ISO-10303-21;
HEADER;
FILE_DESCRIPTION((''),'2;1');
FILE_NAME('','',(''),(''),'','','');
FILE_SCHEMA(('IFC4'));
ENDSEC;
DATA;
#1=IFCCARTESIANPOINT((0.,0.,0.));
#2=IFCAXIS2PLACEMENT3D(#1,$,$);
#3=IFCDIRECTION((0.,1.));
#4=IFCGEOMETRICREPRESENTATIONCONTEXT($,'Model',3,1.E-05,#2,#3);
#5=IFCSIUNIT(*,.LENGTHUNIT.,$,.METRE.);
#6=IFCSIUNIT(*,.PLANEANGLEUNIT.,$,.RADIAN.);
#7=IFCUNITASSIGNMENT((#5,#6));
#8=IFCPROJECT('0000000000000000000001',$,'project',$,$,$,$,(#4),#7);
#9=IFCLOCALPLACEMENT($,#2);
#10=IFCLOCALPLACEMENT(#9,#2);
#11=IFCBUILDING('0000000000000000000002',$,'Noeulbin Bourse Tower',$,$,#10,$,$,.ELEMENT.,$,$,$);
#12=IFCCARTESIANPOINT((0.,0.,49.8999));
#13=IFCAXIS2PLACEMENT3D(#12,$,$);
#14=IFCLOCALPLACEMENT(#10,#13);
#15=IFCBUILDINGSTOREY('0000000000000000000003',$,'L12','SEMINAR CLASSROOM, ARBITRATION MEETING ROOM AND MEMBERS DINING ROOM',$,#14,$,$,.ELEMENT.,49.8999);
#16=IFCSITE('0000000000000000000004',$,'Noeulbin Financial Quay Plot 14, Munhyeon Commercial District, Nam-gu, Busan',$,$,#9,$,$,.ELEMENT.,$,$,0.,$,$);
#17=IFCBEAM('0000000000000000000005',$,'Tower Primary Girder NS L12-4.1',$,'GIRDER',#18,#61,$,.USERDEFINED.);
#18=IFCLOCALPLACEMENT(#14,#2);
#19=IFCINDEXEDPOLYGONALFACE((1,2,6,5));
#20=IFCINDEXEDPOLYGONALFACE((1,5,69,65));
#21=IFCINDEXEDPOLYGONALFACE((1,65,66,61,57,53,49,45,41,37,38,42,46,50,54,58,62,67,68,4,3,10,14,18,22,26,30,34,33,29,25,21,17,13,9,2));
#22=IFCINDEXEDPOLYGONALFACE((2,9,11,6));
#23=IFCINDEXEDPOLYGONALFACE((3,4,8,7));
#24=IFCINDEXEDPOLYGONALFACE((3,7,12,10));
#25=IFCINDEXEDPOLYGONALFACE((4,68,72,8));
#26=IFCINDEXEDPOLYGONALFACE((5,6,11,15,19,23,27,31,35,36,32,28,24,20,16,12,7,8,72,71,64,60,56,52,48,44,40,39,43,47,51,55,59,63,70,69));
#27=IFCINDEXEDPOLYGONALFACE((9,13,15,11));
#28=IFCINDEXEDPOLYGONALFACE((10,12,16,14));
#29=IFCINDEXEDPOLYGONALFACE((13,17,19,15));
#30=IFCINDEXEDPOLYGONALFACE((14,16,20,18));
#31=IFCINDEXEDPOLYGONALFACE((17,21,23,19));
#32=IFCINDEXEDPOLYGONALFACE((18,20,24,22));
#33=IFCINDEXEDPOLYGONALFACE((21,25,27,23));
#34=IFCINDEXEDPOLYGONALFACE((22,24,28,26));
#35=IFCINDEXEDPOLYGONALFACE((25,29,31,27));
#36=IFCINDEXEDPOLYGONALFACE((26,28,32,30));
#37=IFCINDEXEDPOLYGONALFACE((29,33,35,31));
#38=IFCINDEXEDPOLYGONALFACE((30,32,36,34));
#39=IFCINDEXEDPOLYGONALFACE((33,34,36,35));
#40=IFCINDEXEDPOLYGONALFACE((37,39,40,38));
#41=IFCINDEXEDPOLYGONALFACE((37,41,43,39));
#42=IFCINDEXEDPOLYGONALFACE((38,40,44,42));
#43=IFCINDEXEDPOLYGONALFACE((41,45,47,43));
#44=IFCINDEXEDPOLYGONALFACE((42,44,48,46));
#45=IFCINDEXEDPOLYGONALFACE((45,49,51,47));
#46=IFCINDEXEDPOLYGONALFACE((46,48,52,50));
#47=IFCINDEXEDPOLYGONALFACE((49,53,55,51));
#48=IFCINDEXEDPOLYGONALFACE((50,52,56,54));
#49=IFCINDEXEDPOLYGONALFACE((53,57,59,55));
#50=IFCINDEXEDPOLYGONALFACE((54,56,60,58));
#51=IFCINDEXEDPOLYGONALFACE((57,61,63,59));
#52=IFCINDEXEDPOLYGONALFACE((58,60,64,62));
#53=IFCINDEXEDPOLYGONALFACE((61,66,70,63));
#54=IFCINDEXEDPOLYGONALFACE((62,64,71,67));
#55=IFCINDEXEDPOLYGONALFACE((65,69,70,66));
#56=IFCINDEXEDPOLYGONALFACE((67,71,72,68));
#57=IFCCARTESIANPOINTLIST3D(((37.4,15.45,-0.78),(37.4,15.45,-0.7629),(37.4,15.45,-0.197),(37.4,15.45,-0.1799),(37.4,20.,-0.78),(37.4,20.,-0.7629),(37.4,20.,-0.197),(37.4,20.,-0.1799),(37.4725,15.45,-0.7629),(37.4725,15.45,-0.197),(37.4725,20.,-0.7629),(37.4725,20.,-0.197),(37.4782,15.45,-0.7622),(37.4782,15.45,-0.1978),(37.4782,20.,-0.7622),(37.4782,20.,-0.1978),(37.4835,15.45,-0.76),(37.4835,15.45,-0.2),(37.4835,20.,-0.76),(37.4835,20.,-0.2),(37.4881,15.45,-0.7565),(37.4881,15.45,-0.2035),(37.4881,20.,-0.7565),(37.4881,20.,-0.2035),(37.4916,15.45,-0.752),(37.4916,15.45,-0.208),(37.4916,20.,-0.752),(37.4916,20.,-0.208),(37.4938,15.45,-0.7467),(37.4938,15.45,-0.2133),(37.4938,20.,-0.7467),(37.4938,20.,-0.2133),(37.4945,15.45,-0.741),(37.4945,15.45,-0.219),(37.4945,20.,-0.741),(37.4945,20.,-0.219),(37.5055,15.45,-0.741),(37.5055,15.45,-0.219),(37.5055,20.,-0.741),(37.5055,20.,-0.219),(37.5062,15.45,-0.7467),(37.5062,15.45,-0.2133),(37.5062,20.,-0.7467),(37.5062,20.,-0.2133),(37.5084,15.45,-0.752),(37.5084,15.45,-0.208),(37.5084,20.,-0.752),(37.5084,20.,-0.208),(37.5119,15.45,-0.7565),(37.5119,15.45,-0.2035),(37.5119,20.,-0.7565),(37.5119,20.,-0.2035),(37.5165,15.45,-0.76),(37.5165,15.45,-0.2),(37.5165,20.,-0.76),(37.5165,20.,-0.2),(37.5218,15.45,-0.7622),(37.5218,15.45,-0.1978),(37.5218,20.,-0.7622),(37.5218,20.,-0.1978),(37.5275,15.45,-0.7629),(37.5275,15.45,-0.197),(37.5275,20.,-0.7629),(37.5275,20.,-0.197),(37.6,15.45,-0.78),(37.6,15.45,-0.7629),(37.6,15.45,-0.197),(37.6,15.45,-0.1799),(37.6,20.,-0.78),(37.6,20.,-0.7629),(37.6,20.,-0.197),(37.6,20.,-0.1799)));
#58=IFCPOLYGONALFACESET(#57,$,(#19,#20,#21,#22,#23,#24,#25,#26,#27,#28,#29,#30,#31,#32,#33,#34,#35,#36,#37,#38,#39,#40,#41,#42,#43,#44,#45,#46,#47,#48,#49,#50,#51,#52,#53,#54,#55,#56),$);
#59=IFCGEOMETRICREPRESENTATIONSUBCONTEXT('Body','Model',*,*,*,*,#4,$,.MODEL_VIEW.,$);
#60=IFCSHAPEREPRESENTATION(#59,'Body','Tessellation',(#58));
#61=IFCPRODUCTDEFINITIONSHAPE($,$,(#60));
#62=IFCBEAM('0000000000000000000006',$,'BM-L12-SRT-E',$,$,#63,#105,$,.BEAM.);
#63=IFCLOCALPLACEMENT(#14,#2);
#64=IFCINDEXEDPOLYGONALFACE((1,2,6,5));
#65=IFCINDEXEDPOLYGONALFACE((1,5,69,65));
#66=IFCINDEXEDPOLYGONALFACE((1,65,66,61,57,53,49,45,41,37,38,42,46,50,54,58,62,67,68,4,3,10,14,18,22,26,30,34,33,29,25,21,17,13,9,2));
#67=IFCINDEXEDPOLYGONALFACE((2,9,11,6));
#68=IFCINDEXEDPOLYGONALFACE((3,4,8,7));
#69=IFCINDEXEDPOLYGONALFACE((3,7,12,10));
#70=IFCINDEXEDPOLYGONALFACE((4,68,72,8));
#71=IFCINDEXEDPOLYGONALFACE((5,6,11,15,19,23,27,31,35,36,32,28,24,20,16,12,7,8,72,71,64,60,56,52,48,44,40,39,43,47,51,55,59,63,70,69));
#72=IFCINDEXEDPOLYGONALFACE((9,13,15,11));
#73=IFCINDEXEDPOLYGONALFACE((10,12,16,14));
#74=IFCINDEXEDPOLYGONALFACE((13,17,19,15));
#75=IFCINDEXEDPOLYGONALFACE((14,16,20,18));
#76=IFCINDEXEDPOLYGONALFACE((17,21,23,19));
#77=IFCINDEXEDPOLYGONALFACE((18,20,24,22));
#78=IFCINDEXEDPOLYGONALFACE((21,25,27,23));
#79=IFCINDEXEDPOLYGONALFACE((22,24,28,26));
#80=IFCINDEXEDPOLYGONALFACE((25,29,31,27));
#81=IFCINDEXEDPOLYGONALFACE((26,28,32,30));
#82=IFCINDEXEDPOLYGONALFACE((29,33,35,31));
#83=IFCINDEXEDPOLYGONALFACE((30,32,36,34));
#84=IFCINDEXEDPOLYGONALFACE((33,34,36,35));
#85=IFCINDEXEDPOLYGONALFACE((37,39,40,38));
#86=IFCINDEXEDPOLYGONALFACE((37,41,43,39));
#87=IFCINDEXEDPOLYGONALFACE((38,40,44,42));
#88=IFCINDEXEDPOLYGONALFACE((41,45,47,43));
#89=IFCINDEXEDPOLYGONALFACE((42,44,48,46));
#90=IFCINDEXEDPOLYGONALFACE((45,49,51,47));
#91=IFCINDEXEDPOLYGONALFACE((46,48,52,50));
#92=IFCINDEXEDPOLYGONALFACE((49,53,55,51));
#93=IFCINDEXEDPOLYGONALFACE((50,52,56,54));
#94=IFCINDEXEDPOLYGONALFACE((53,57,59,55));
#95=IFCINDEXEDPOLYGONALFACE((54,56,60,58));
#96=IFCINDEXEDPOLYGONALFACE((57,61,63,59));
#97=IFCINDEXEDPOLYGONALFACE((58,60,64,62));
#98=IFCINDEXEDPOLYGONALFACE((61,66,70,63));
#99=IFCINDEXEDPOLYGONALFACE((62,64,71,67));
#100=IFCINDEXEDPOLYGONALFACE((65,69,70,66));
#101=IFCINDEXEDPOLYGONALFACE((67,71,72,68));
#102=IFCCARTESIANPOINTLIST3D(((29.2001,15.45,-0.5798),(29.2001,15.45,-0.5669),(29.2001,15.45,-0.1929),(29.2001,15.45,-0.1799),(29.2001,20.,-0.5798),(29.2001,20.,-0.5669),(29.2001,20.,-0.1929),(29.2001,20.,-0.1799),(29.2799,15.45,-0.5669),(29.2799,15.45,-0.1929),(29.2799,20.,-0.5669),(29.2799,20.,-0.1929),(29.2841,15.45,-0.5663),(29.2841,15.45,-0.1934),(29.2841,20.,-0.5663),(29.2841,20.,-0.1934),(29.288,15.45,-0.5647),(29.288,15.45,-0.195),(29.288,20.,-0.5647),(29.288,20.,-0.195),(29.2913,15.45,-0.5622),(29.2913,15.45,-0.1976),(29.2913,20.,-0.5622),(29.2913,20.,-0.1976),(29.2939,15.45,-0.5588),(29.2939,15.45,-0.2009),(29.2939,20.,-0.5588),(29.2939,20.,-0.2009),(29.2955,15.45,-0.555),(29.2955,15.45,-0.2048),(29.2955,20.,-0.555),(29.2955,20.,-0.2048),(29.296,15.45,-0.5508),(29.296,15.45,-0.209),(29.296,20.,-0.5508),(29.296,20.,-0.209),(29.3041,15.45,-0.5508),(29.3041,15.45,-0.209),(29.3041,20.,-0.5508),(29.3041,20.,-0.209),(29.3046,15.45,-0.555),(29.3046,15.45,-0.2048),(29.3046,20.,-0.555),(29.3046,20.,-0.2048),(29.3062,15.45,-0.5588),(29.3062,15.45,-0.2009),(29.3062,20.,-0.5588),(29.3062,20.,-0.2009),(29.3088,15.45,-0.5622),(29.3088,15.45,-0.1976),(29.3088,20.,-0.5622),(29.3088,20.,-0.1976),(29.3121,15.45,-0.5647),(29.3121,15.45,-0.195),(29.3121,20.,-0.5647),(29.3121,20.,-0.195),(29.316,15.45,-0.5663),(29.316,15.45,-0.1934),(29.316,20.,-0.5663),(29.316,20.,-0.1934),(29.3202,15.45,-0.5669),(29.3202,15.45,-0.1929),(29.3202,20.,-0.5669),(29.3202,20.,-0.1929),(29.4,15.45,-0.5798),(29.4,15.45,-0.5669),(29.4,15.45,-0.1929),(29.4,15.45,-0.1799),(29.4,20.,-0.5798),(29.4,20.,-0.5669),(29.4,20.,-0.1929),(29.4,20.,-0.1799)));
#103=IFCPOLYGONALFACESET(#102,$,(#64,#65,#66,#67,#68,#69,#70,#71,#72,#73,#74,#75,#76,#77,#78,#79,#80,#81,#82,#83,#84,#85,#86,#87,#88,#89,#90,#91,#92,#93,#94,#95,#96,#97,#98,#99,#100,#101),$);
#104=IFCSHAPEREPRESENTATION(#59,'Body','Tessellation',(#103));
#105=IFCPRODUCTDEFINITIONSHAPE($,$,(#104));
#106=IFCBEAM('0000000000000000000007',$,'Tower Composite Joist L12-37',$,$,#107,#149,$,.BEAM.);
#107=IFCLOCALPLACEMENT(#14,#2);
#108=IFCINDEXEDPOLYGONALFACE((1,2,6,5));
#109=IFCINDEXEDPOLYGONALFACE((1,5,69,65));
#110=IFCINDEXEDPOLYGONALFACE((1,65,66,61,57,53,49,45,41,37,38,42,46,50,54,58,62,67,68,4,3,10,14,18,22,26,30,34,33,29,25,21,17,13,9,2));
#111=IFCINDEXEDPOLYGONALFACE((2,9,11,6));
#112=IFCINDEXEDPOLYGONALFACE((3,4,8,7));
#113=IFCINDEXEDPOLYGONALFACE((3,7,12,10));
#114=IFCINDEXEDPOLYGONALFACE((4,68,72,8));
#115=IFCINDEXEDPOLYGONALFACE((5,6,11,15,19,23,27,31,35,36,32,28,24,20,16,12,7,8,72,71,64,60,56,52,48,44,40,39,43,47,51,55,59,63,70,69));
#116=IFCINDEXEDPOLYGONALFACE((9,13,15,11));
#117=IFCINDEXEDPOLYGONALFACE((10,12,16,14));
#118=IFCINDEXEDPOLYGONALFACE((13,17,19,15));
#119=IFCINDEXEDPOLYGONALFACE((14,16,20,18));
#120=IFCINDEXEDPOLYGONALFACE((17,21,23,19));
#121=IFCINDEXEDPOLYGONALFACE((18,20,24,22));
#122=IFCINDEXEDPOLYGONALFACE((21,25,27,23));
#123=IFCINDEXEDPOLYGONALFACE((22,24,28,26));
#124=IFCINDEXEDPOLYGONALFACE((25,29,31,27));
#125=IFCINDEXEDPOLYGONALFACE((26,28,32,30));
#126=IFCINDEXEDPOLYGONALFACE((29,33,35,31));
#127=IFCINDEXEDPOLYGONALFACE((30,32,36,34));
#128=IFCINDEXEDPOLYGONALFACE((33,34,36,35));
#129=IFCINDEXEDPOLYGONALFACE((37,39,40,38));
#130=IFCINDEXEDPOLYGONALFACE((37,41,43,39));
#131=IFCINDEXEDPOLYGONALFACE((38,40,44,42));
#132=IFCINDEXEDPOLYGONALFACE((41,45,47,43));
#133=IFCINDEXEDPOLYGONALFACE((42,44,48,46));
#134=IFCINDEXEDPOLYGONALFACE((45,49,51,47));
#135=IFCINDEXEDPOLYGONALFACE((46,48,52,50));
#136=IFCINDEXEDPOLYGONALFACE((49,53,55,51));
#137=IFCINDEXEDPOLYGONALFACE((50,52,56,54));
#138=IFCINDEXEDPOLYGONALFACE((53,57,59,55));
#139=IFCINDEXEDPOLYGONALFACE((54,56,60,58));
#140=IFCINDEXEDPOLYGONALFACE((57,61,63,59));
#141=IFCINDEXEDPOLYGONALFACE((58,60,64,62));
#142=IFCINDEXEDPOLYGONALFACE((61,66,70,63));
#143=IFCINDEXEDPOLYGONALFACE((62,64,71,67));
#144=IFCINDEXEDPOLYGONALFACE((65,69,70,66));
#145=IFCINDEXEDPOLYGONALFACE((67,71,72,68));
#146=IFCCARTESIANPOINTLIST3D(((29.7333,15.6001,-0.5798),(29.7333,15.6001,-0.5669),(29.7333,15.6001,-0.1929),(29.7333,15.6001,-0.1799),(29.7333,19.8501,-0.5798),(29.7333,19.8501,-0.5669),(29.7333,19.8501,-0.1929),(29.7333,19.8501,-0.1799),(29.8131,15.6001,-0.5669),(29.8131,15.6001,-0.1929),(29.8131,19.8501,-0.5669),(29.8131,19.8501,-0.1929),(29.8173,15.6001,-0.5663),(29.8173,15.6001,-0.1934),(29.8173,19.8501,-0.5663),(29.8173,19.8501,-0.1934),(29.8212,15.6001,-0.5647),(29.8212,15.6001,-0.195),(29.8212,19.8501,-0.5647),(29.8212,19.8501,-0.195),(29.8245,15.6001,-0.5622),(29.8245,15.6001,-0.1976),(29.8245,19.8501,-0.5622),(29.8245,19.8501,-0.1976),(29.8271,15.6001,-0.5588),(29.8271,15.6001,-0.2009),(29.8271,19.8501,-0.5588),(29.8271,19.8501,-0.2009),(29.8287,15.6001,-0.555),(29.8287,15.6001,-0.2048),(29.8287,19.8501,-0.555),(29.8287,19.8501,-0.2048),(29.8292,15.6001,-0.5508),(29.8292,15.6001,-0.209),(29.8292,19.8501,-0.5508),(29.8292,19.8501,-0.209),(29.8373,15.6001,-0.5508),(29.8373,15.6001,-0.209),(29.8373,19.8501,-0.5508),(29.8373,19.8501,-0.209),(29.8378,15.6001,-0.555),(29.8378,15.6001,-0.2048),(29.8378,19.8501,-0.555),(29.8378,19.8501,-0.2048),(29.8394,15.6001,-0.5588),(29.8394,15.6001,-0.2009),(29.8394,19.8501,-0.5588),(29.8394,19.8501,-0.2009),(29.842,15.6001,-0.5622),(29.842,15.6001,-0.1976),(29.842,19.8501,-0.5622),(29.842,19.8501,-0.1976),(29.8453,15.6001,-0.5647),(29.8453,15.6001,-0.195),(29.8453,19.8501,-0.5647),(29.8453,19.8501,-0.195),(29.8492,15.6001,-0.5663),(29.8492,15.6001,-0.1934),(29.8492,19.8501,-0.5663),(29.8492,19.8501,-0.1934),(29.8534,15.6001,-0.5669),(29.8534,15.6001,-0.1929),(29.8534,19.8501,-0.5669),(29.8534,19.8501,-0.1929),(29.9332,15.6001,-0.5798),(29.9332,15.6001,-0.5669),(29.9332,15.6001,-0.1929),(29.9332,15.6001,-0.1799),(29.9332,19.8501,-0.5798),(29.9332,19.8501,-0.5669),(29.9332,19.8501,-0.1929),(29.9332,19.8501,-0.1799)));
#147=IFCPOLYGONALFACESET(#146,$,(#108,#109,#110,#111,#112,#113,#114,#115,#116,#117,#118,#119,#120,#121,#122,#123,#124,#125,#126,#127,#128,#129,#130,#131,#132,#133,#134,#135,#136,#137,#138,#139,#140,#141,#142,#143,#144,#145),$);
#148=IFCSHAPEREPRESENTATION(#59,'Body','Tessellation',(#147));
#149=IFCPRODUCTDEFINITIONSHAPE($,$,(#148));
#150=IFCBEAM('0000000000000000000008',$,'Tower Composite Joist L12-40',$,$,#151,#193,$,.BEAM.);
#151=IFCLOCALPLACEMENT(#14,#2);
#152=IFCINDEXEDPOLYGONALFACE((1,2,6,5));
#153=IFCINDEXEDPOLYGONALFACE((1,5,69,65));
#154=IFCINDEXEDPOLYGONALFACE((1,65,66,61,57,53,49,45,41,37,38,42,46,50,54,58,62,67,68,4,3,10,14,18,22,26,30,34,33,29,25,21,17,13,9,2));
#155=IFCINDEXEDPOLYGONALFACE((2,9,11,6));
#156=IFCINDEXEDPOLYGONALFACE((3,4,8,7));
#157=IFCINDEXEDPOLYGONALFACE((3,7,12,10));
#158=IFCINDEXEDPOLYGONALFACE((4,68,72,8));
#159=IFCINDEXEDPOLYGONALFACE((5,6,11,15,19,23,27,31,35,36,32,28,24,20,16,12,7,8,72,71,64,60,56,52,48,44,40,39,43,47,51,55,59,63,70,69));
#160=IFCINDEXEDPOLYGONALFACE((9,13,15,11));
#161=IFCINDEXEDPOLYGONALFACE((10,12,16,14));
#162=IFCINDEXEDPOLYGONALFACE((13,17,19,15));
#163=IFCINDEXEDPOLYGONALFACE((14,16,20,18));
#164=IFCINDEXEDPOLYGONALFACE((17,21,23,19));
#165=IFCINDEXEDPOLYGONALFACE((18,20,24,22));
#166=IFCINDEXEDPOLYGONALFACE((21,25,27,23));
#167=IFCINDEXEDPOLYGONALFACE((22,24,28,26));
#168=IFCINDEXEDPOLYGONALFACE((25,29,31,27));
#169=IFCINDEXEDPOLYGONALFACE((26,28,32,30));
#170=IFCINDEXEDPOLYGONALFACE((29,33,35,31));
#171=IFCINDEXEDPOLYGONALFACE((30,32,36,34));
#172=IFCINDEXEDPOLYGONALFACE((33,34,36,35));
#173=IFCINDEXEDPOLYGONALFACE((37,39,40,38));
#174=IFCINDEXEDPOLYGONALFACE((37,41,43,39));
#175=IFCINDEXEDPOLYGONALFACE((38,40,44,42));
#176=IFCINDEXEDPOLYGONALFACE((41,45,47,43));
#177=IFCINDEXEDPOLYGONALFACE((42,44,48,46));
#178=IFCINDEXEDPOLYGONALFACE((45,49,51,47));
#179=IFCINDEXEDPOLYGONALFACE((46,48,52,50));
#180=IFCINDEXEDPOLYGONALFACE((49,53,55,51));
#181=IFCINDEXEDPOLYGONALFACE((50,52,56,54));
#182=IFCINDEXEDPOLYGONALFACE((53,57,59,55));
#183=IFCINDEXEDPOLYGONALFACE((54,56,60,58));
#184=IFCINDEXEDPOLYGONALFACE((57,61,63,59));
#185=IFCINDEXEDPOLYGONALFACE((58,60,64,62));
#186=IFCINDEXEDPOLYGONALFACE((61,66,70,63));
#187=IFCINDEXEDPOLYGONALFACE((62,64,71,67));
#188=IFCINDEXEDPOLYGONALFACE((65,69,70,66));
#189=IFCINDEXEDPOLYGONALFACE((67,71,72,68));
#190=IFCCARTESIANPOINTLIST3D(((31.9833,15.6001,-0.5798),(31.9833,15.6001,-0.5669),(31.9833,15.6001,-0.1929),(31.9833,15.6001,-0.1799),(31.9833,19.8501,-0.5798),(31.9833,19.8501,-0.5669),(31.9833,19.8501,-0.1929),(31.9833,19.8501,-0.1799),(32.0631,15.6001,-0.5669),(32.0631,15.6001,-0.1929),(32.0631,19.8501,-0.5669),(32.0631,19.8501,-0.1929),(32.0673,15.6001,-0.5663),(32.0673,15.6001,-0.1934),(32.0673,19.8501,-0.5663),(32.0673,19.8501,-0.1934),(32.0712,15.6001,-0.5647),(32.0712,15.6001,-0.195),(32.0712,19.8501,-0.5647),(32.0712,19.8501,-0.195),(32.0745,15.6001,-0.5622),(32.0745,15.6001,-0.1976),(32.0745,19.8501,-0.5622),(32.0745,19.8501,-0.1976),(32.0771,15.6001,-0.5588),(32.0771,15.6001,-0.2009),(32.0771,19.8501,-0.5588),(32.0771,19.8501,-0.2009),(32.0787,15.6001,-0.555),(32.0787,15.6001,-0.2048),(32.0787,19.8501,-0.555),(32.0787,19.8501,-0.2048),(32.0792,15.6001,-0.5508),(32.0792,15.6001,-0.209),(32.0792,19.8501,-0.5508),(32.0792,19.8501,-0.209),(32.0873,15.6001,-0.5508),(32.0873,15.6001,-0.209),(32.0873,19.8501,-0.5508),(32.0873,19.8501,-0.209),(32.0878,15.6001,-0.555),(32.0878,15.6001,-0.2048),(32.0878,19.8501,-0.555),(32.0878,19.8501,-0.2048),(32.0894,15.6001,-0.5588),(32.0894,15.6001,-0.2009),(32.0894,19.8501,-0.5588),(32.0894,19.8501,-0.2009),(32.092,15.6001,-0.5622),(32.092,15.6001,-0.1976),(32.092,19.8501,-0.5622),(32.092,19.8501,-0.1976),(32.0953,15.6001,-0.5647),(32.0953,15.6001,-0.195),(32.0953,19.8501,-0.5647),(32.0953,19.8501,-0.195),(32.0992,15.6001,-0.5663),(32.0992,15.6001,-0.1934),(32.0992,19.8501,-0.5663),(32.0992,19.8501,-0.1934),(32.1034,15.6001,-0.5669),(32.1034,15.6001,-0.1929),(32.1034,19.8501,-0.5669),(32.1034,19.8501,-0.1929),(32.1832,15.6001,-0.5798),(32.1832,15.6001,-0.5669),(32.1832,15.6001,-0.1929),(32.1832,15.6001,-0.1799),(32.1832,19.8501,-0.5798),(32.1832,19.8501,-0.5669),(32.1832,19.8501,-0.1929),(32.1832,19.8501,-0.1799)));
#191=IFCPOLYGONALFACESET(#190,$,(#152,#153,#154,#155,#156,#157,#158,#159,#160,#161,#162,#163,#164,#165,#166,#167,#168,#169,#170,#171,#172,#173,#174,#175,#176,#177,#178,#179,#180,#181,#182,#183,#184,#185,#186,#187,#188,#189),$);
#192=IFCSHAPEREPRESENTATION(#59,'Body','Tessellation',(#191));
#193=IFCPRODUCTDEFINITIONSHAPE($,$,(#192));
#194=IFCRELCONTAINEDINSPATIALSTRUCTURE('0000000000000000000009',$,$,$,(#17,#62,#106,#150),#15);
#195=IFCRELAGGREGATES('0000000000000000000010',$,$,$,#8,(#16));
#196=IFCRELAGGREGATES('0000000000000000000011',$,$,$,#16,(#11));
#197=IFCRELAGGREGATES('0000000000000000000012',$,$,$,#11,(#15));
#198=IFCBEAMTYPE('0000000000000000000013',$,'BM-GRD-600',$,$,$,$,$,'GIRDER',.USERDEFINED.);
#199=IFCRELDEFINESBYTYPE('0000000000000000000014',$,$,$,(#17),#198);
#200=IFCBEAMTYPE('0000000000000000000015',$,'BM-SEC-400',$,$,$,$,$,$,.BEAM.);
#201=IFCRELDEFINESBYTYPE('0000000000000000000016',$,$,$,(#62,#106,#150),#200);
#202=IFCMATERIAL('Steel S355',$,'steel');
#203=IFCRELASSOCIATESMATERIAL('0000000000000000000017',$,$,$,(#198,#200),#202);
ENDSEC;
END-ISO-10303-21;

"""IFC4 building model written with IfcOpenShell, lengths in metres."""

from ifc_helpers import new_model, si_unit, direction, frame, origin, origin_2d, place, context, subcontext, project, spatial, i_section, extrude, material, material_profile, profile_set, type_object, element, save


model = new_model("IFC4")

# Units and contexts
model_context = context("Model", 3, precision=1e-05, world=origin(), true_north=direction((0.0, 1.0)))
body_context = subcontext(model_context, "Body", "Model", "MODEL_VIEW")
ifc_project = project(units=[si_unit("LENGTHUNIT", "METRE"), si_unit("PLANEANGLEUNIT", "RADIAN")], contexts=[model_context])

# Site, building, storey
site_placement = place(None, origin())
site = spatial("IfcSite", under=ifc_project, at=site_placement, Name="Noeulbin Financial Quay Plot 14, Munhyeon Commercial District, Nam-gu, Busan", CompositionType="ELEMENT", RefElevation=0.0)
building_placement = place(site_placement, origin())
building = spatial("IfcBuilding", under=site, at=building_placement, Name="Noeulbin Bourse Tower", CompositionType="ELEMENT")
storey_placement = place(building_placement, frame((0.0, 0.0, 49.8999)))
storey = spatial("IfcBuildingStorey", under=building, at=storey_placement, Name="L12", Description="SEMINAR CLASSROOM, ARBITRATION MEETING ROOM AND MEMBERS DINING ROOM", CompositionType="ELEMENT", Elevation=49.8999)

# Beams
ifc_material_1 = material(Name="Steel S355", Category="steel")
ifc_material_profile_1 = material_profile(ifc_material_1, i_section(OverallWidth=0.2, OverallDepth=0.6001, WebThickness=0.011, FlangeThickness=0.0171, FilletRadius=0.022, at=origin_2d()), Name="H-600x200x11x17", Category="LoadBearing")
ifc_profile_set_1 = profile_set([ifc_material_profile_1], Name="Steel S355")
beam_type_1 = type_object("IfcBeamType", Name="BM-GRD-600", ElementType="GIRDER", PredefinedType="USERDEFINED", material=ifc_profile_set_1)
for number, where, z_axis, x_axis, name in (
    (1, (37.5, 15.45, -0.48), (0.0, 1.0, 0.0), (-1.0, 0.0, 0.0), "Tower Primary Girder NS L12-4.1"),
):
    element("IfcBeam", number, at=place(storey_placement, frame(where, z_axis=z_axis, x_axis=x_axis)), inside=storey, type_object=beam_type_1, Name=name, ObjectType="GIRDER", PredefinedType="USERDEFINED", context=body_context, shape_type="SweptSolid", body=[
        extrude(i_section(OverallWidth=0.2, OverallDepth=0.6001, WebThickness=0.011, FlangeThickness=0.0171, FilletRadius=0.022, at=origin_2d()), origin(), (0.0, 0.0, 1.0), 4.55),
    ])
ifc_material_profile_2 = material_profile(ifc_material_1, i_section(OverallWidth=0.2, OverallDepth=0.3999, WebThickness=0.0081, FlangeThickness=0.0129, FilletRadius=0.0161, at=origin_2d()), Name="H-400x200x8x13", Category="LoadBearing")
ifc_profile_set_2 = profile_set([ifc_material_profile_2], Name="Steel S355")
beam_type_2 = type_object("IfcBeamType", Name="BM-SEC-400", PredefinedType="BEAM", material=ifc_profile_set_2)
beam_1_placement = place(storey_placement, frame((29.3, 15.45, -0.3799), z_axis=(0.0, 1.0, 0.0), x_axis=(-1.0, 0.0, 0.0)))
element("IfcBeam", 2, at=beam_1_placement, inside=storey, type_object=beam_type_2, Name="BM-L12-SRT-E", PredefinedType="BEAM", context=body_context, shape_type="SweptSolid", body=[
    extrude(i_section(OverallWidth=0.2, OverallDepth=0.3999, WebThickness=0.0081, FlangeThickness=0.0129, FilletRadius=0.0161, at=origin_2d()), origin(), (0.0, 0.0, 1.0), 4.55),
])
for number, where, z_axis, x_axis, name in (
    (3, (29.8333, 15.6001, -0.3799), (0.0, 1.0, 0.0), (-1.0, 0.0, 0.0), "Tower Composite Joist L12-37"),
    (4, (32.0833, 15.6001, -0.3799), (0.0, 1.0, 0.0), (-1.0, 0.0, 0.0), "Tower Composite Joist L12-40"),
):
    element("IfcBeam", number, at=place(storey_placement, frame(where, z_axis=z_axis, x_axis=x_axis)), inside=storey, type_object=beam_type_2, Name=name, PredefinedType="BEAM", context=body_context, shape_type="SweptSolid", body=[
        extrude(i_section(OverallWidth=0.2, OverallDepth=0.3999, WebThickness=0.0081, FlangeThickness=0.0129, FilletRadius=0.0161, at=origin_2d()), origin(), (0.0, 0.0, 1.0), 4.25),
    ])

save(model, "model.ifc")
